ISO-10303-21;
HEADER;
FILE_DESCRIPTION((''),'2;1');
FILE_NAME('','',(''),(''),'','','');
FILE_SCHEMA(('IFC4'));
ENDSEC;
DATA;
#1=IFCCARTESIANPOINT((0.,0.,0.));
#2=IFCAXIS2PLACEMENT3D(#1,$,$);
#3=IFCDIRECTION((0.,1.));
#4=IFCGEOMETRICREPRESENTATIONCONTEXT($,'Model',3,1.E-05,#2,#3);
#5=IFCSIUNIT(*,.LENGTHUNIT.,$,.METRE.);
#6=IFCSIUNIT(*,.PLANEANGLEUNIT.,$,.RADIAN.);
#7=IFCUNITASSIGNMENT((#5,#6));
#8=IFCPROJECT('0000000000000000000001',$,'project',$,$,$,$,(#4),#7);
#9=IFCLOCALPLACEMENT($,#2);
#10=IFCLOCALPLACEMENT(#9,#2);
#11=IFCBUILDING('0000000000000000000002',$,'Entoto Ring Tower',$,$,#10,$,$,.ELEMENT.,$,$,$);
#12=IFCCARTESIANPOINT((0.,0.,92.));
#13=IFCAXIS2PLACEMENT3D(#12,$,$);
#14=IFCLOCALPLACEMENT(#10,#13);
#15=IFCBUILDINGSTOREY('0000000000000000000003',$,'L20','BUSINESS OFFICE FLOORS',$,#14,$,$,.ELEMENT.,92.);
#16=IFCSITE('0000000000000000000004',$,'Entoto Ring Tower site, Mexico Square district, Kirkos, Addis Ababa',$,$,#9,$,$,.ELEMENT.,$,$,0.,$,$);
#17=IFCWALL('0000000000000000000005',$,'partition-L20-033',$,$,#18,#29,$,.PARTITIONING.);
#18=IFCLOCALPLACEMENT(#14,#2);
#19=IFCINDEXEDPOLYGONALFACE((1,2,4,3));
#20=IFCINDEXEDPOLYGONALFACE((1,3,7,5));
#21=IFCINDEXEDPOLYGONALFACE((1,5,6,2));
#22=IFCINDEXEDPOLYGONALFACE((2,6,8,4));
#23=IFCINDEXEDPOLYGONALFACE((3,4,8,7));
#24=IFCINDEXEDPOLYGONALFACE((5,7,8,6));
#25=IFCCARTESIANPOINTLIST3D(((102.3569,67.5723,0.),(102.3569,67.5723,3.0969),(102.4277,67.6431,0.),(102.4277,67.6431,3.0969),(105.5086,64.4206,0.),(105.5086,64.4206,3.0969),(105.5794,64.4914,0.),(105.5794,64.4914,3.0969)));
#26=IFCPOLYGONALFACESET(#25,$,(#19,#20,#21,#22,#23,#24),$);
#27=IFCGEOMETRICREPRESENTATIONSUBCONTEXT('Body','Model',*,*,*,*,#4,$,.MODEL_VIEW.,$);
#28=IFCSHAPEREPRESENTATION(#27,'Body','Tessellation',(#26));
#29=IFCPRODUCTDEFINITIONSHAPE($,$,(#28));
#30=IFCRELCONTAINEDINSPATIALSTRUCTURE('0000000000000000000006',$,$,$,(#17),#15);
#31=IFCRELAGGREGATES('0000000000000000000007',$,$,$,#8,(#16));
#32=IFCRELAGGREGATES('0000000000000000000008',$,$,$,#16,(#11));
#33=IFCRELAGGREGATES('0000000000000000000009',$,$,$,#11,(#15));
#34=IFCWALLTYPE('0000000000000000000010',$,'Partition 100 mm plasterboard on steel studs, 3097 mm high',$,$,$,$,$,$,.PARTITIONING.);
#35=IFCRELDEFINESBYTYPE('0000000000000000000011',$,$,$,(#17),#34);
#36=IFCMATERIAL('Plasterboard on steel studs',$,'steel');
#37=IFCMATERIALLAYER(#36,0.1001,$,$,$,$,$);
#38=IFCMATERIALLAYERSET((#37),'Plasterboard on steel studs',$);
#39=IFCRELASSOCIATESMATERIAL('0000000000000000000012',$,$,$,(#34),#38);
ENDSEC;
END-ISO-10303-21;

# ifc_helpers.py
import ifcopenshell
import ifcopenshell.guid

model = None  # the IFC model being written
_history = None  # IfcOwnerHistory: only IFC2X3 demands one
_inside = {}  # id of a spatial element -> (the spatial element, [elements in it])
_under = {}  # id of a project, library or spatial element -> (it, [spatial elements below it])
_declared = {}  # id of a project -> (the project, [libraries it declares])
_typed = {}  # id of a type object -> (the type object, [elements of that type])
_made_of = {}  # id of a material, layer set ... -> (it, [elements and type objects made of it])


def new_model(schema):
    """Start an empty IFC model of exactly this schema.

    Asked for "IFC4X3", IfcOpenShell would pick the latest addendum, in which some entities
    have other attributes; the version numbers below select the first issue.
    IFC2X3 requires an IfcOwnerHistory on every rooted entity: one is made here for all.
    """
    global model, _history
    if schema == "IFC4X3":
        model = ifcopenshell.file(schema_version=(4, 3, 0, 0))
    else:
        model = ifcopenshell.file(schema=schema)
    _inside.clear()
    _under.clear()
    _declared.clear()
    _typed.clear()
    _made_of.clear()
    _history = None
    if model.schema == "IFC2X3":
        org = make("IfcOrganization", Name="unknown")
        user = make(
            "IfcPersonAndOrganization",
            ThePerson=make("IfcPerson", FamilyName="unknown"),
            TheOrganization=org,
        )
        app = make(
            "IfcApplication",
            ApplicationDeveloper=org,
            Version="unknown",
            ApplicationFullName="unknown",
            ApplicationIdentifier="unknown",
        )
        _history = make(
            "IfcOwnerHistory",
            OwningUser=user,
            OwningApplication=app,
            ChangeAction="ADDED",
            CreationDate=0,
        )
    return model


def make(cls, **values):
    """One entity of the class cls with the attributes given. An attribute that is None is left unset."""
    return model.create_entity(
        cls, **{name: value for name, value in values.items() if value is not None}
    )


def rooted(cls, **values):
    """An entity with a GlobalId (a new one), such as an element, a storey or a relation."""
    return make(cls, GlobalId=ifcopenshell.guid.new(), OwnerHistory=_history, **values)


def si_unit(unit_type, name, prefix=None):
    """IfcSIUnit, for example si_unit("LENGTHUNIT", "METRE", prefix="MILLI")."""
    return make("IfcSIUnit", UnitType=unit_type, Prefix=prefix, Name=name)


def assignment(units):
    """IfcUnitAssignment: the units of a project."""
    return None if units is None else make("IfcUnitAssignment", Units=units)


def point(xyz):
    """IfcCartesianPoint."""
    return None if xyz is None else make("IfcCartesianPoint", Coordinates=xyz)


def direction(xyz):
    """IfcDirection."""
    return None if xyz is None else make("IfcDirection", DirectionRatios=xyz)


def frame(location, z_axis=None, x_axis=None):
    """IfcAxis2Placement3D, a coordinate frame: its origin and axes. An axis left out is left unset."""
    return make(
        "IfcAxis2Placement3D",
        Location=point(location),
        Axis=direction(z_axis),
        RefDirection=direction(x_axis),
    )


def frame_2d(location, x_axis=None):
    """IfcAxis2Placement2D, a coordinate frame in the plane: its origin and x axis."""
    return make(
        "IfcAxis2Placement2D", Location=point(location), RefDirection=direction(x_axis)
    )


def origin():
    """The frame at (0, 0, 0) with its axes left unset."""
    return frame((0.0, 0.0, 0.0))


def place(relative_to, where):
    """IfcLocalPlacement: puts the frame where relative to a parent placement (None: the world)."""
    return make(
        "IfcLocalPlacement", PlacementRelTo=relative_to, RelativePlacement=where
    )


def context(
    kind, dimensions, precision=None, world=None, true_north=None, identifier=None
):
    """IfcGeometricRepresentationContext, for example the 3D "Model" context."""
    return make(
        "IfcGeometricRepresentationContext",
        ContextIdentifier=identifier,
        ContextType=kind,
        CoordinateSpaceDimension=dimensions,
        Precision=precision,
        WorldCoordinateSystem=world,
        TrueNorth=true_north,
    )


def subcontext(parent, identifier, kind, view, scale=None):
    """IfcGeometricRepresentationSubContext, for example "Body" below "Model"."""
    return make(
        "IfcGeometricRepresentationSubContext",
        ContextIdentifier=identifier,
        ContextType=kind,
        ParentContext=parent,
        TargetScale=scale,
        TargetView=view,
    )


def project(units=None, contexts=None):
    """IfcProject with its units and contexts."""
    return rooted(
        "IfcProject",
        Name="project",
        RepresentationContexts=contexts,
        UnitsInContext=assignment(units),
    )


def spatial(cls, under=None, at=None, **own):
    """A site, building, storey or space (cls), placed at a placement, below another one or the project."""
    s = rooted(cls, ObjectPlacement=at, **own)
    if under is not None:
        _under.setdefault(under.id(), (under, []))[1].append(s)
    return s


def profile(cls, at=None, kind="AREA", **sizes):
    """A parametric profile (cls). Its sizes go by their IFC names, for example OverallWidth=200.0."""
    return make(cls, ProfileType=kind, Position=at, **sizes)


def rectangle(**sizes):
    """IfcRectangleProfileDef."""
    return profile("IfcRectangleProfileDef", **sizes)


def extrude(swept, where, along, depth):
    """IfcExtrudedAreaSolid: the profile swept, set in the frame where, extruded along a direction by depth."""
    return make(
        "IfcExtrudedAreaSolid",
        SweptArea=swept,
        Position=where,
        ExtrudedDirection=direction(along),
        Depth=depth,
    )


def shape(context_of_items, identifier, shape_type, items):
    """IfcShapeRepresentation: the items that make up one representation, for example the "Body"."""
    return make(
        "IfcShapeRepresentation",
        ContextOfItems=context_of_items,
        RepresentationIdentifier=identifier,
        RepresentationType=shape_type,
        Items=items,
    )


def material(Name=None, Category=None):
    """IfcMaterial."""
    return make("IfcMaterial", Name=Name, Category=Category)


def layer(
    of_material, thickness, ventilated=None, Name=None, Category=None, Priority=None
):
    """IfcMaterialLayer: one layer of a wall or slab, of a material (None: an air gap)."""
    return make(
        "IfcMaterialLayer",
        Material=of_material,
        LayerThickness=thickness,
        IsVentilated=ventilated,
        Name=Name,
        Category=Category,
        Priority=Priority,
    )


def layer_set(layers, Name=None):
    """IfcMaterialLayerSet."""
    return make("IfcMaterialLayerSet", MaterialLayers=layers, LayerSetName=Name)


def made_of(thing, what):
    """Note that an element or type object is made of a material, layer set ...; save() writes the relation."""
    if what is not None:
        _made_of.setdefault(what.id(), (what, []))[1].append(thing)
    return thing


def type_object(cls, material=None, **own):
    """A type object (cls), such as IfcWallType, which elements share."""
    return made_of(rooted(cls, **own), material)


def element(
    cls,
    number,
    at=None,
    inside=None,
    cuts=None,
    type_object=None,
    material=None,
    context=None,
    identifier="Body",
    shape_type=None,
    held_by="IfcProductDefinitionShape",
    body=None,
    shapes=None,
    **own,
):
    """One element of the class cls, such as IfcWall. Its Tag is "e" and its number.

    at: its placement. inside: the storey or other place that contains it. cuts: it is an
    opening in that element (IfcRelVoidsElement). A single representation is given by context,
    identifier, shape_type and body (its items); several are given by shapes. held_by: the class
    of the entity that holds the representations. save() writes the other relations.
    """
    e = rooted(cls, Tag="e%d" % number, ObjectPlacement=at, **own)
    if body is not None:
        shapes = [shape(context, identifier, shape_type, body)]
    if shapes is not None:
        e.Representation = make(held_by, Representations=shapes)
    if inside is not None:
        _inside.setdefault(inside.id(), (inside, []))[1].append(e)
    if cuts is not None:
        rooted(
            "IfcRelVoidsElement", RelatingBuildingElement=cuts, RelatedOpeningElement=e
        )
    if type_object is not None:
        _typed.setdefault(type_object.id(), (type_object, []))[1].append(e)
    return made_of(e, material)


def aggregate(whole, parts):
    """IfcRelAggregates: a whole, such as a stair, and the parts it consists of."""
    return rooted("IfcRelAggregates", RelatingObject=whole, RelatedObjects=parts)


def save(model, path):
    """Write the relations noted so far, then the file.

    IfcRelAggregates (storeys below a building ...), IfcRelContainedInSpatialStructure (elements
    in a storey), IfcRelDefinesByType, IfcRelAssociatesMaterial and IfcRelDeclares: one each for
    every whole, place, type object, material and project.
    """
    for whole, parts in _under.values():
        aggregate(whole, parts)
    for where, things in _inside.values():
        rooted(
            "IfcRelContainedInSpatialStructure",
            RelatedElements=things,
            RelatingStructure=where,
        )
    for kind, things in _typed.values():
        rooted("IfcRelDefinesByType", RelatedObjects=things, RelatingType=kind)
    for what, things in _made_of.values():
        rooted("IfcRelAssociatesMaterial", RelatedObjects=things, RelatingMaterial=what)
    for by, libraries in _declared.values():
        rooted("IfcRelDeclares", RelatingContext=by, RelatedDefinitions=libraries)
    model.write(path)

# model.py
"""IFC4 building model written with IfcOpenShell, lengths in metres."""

from ifc_helpers import new_model, si_unit, direction, frame, frame_2d, origin, place, context, subcontext, project, spatial, rectangle, extrude, material, layer, layer_set, type_object, element, save


model = new_model("IFC4")

# Units and contexts
model_context = context("Model", 3, precision=1e-05, world=origin(), true_north=direction((0.0, 1.0)))
body_context = subcontext(model_context, "Body", "Model", "MODEL_VIEW")
ifc_project = project(units=[si_unit("LENGTHUNIT", "METRE"), si_unit("PLANEANGLEUNIT", "RADIAN")], contexts=[model_context])

# Site, building, storey
site_placement = place(None, origin())
site = spatial("IfcSite", under=ifc_project, at=site_placement, Name="Entoto Ring Tower site, Mexico Square district, Kirkos, Addis Ababa", CompositionType="ELEMENT", RefElevation=0.0)
building_placement = place(site_placement, origin())
building = spatial("IfcBuilding", under=site, at=building_placement, Name="Entoto Ring Tower", CompositionType="ELEMENT")
storey_placement = place(building_placement, frame((0.0, 0.0, 92.0)))
storey = spatial("IfcBuildingStorey", under=building, at=storey_placement, Name="L20", Description="BUSINESS OFFICE FLOORS", CompositionType="ELEMENT", Elevation=92.0)

# Wall
ifc_material_1 = material(Name="Plasterboard on steel studs", Category="steel")
ifc_layer_1 = layer(ifc_material_1, 0.1001)
ifc_layer_set_1 = layer_set([ifc_layer_1], Name="Plasterboard on steel studs")
wall_type_1 = type_object("IfcWallType", Name="Partition 100 mm plasterboard on steel studs, 3097 mm high", PredefinedType="PARTITIONING", material=ifc_layer_set_1)
wall_1_placement = place(storey_placement, frame((105.5439, 64.4561, 0.0), z_axis=(0.0, 0.0, 1.0), x_axis=(-0.707107, 0.707107, 0.0)))
element("IfcWall", 1, at=wall_1_placement, inside=storey, type_object=wall_type_1, Name="partition-L20-033", PredefinedType="PARTITIONING", context=body_context, shape_type="SweptSolid", body=[
    extrude(rectangle(XDim=4.4573, YDim=0.1001, at=frame_2d((2.2285, 0.0))), origin(), (0.0, 0.0, 1.0), 3.0969),
])

save(model, "model.ifc")
